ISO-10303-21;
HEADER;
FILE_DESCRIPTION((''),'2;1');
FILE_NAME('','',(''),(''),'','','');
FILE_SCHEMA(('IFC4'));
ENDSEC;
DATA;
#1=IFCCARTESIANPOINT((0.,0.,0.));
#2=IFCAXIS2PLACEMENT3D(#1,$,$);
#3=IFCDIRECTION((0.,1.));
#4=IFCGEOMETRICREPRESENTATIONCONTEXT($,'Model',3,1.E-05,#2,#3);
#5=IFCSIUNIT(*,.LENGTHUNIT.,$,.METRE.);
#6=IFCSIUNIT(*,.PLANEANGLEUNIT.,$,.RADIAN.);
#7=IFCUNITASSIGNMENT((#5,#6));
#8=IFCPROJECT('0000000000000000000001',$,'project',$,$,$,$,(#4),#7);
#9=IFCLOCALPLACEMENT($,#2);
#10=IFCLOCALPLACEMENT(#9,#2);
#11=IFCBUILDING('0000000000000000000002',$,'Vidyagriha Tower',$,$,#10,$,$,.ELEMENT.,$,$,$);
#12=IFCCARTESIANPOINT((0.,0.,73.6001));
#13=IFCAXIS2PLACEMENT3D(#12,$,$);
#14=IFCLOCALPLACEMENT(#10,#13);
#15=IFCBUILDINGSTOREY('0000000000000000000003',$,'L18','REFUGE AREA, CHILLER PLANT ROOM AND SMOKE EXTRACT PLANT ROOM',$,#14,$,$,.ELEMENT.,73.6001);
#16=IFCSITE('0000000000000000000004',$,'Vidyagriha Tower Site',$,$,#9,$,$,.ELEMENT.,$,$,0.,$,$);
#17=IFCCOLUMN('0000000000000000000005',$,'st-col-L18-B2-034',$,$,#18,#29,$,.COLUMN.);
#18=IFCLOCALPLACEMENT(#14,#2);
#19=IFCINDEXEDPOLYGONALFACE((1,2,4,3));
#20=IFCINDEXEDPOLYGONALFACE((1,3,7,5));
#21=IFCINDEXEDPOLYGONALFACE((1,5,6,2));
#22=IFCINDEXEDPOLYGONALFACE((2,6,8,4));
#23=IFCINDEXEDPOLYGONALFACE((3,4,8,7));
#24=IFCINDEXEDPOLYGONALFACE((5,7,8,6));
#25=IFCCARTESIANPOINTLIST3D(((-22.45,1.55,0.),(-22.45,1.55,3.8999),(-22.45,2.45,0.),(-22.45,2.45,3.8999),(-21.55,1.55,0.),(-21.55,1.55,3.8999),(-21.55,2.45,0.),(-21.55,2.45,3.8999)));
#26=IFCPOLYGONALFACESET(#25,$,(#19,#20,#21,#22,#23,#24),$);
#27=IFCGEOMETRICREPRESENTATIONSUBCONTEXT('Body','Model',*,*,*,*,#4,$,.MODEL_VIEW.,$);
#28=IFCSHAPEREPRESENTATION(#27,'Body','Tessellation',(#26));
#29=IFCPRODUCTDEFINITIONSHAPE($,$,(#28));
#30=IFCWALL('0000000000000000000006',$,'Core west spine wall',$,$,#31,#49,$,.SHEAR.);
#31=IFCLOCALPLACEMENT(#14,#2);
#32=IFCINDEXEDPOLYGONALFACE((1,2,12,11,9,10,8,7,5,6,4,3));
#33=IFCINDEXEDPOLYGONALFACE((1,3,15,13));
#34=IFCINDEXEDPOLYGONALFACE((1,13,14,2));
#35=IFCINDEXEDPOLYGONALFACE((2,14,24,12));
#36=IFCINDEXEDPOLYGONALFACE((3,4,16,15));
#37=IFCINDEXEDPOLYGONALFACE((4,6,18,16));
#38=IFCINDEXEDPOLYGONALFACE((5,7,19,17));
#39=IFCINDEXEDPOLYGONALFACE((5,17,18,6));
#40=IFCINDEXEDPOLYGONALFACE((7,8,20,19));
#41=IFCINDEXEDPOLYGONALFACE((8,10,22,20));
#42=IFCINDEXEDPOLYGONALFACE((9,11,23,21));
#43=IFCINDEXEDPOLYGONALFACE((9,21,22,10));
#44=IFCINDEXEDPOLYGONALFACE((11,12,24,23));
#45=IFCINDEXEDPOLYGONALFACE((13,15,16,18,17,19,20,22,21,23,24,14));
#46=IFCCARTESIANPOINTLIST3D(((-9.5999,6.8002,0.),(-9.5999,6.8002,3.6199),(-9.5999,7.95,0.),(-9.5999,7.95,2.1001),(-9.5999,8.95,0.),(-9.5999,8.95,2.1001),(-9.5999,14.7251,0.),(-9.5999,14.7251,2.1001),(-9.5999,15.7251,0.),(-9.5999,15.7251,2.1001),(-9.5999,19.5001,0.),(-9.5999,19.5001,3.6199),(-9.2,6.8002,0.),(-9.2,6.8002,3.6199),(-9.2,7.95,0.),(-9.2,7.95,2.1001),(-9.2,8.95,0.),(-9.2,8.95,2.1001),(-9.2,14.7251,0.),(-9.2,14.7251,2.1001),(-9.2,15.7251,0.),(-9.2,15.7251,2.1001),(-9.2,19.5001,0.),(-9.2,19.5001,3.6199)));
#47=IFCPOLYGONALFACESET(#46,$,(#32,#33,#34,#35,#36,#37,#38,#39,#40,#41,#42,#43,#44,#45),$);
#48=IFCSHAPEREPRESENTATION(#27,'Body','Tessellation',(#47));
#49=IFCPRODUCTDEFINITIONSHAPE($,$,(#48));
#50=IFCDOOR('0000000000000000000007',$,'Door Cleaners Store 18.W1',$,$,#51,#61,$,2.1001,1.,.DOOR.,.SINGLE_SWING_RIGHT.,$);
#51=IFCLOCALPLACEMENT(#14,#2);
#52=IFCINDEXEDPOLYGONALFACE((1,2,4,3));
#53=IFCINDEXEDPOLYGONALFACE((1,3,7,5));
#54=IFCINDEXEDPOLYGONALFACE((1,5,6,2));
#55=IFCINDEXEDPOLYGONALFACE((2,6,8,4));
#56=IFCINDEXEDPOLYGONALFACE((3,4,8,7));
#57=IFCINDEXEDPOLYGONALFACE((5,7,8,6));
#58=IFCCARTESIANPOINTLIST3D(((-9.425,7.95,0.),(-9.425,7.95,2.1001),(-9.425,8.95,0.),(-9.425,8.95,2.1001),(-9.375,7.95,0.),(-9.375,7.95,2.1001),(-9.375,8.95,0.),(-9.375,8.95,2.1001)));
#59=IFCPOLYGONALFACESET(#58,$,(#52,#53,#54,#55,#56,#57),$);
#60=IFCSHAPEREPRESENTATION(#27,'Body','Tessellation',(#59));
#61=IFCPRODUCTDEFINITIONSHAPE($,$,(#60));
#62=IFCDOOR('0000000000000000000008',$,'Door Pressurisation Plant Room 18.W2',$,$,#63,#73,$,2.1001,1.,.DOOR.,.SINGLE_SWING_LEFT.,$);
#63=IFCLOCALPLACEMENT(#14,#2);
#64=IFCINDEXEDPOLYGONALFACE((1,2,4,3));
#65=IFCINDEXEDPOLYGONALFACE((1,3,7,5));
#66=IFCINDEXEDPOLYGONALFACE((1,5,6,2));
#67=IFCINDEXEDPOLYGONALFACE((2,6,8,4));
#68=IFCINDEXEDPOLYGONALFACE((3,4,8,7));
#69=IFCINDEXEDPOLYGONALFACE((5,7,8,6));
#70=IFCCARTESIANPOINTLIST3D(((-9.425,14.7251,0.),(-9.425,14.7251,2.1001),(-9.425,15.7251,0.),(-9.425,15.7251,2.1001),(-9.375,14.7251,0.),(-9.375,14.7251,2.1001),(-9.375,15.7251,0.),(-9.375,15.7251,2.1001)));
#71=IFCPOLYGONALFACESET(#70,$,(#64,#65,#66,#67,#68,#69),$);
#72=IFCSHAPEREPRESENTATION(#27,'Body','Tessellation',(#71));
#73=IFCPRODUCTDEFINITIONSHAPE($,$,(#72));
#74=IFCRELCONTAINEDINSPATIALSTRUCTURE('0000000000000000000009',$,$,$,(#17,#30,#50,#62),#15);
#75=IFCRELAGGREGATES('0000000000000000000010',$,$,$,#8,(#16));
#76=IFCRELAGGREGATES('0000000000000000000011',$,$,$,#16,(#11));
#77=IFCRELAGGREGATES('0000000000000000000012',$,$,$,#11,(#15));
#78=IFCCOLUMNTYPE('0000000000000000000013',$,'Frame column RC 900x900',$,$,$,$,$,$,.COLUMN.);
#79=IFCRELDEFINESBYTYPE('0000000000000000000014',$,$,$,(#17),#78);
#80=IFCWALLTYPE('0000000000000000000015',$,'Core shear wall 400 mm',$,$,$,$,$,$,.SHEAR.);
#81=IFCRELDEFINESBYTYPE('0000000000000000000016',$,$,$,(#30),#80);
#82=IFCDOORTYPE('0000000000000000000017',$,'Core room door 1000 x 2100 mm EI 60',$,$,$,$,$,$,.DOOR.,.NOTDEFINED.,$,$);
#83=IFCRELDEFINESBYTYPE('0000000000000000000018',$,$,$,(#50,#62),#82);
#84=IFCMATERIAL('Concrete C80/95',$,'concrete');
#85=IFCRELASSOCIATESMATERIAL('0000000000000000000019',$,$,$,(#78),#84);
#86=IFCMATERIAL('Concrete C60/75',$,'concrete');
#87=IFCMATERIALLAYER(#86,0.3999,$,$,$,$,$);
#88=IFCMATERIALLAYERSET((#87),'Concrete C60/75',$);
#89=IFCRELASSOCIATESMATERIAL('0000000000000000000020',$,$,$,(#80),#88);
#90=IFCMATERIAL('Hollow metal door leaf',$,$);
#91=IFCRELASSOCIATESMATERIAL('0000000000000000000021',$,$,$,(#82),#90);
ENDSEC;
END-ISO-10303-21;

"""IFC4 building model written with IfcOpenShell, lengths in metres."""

from ifc_helpers import new_model, si_unit, direction, frame, frame_2d, origin, origin_2d, place, context, subcontext, project, spatial, rectangle, extrude, material, layer, layer_set, material_profile, profile_set, type_object, element, fill, save


model = new_model("IFC4")

# Units and contexts
model_context = context("Model", 3, precision=1e-05, world=origin(), true_north=direction((0.0, 1.0)))
body_context = subcontext(model_context, "Body", "Model", "MODEL_VIEW")
ifc_project = project(units=[si_unit("LENGTHUNIT", "METRE"), si_unit("PLANEANGLEUNIT", "RADIAN")], contexts=[model_context])

# Site, building, storey
site_placement = place(None, origin())
site = spatial("IfcSite", under=ifc_project, at=site_placement, Name="Vidyagriha Tower Site", CompositionType="ELEMENT", RefElevation=0.0)
building_placement = place(site_placement, origin())
building = spatial("IfcBuilding", under=site, at=building_placement, Name="Vidyagriha Tower", CompositionType="ELEMENT")
storey_placement = place(building_placement, frame((0.0, 0.0, 73.6001)))
storey = spatial("IfcBuildingStorey", under=building, at=storey_placement, Name="L18", Description="REFUGE AREA, CHILLER PLANT ROOM AND SMOKE EXTRACT PLANT ROOM", CompositionType="ELEMENT", Elevation=73.6001)

# Column
ifc_material_1 = material(Name="Concrete C80/95", Category="concrete")
ifc_material_profile = material_profile(ifc_material_1, rectangle(XDim=0.8999, YDim=0.8999, at=origin_2d()), Name="RC 900x900")
ifc_profile_set = profile_set([ifc_material_profile], Name="Concrete C80/95")
column_type = type_object("IfcColumnType", Name="Frame column RC 900x900", PredefinedType="COLUMN", material=ifc_profile_set)
column_placement = place(storey_placement, frame((-22.0, 2.0, 0.0)))
element("IfcColumn", 1, at=column_placement, inside=storey, type_object=column_type, Name="st-col-L18-B2-034", PredefinedType="COLUMN", context=body_context, shape_type="SweptSolid", body=[
    extrude(rectangle(XDim=0.8999, YDim=0.8999, at=origin_2d()), origin(), (0.0, 0.0, 1.0), 3.8999),
])

# Wall, openings, doors
ifc_material_2 = material(Name="Concrete C60/75", Category="concrete")
ifc_layer_1 = layer(ifc_material_2, 0.3999)
ifc_layer_set_1 = layer_set([ifc_layer_1], Name="Concrete C60/75")
wall_type_1 = type_object("IfcWallType", Name="Core shear wall 400 mm", PredefinedType="SHEAR", material=ifc_layer_set_1)
wall_1_placement = place(storey_placement, frame((-9.3999, 6.8, 0.0), z_axis=(0.0, 0.0, 1.0), x_axis=(0.0, 1.0, 0.0)))
wall_1 = element("IfcWall", 2, at=wall_1_placement, inside=storey, type_object=wall_type_1, Name="Core west spine wall", PredefinedType="SHEAR", context=body_context, shape_type="SweptSolid", body=[
    extrude(rectangle(XDim=12.7, YDim=0.3999, at=frame_2d((6.3501, 0.0))), origin(), (0.0, 0.0, 1.0), 3.6199),
])
opening_1_placement = place(wall_1_placement, frame((1.1499, 0.0, 0.0)))
opening_1 = element("IfcOpeningElement", 3, at=opening_1_placement, cuts=wall_1, PredefinedType="OPENING", context=body_context, shape_type="SweptSolid", body=[
    extrude(rectangle(XDim=1.0, YDim=2.1001, at=frame_2d((0.5, 1.05))), frame((0.0, 0.21, 0.0), z_axis=(0.0, -1.0, 0.0), x_axis=(1.0, 0.0, 0.0)), (0.0, 0.0, 1.0), 0.4199),
])
opening_2_placement = place(wall_1_placement, frame((7.925, 0.0, 0.0)))
opening_2 = element("IfcOpeningElement", 4, at=opening_2_placement, cuts=wall_1, PredefinedType="OPENING", context=body_context, shape_type="SweptSolid", body=[
    extrude(rectangle(XDim=1.0, YDim=2.1001, at=frame_2d((0.5, 1.05))), frame((0.0, 0.21, 0.0), z_axis=(0.0, -1.0, 0.0), x_axis=(1.0, 0.0, 0.0)), (0.0, 0.0, 1.0), 0.4199),
])
ifc_material_3 = material(Name="Hollow metal door leaf")
door_type_1 = type_object("IfcDoorType", Name="Core room door 1000 x 2100 mm EI 60", OperationType="NOTDEFINED", PredefinedType="DOOR", material=ifc_material_3)
door_1_placement = place(opening_1_placement, frame((1.0, 0.0, 0.0), z_axis=(0.0, 0.0, 1.0), x_axis=(-1.0, 0.0, 0.0)))
door_1 = element("IfcDoor", 5, at=door_1_placement, inside=storey, type_object=door_type_1, Name="Door Cleaners Store 18.W1", OperationType="SINGLE_SWING_RIGHT", OverallHeight=2.1001, OverallWidth=1.0, PredefinedType="DOOR", context=body_context, shape_type="SweptSolid", body=[
    extrude(rectangle(XDim=1.0, YDim=2.1001, at=frame_2d((0.5, 1.05))), frame((0.0, 0.0249, 0.0), z_axis=(0.0, -1.0, 0.0), x_axis=(1.0, 0.0, 0.0)), (0.0, 0.0, 1.0), 0.05),
])
fill(opening_1, door_1)
door_2_placement = place(opening_2_placement, frame((1.0, 0.0, 0.0), z_axis=(0.0, 0.0, 1.0), x_axis=(-1.0, 0.0, 0.0)))
door_2 = element("IfcDoor", 6, at=door_2_placement, inside=storey, type_object=door_type_1, Name="Door Pressurisation Plant Room 18.W2", OperationType="SINGLE_SWING_LEFT", OverallHeight=2.1001, OverallWidth=1.0, PredefinedType="DOOR", context=body_context, shape_type="SweptSolid", body=[
    extrude(rectangle(XDim=1.0, YDim=2.1001, at=frame_2d((0.5, 1.05))), frame((0.0, 0.0249, 0.0), z_axis=(0.0, -1.0, 0.0), x_axis=(1.0, 0.0, 0.0)), (0.0, 0.0, 1.0), 0.05),
])
fill(opening_2, door_2)

save(model, "model.ifc")
